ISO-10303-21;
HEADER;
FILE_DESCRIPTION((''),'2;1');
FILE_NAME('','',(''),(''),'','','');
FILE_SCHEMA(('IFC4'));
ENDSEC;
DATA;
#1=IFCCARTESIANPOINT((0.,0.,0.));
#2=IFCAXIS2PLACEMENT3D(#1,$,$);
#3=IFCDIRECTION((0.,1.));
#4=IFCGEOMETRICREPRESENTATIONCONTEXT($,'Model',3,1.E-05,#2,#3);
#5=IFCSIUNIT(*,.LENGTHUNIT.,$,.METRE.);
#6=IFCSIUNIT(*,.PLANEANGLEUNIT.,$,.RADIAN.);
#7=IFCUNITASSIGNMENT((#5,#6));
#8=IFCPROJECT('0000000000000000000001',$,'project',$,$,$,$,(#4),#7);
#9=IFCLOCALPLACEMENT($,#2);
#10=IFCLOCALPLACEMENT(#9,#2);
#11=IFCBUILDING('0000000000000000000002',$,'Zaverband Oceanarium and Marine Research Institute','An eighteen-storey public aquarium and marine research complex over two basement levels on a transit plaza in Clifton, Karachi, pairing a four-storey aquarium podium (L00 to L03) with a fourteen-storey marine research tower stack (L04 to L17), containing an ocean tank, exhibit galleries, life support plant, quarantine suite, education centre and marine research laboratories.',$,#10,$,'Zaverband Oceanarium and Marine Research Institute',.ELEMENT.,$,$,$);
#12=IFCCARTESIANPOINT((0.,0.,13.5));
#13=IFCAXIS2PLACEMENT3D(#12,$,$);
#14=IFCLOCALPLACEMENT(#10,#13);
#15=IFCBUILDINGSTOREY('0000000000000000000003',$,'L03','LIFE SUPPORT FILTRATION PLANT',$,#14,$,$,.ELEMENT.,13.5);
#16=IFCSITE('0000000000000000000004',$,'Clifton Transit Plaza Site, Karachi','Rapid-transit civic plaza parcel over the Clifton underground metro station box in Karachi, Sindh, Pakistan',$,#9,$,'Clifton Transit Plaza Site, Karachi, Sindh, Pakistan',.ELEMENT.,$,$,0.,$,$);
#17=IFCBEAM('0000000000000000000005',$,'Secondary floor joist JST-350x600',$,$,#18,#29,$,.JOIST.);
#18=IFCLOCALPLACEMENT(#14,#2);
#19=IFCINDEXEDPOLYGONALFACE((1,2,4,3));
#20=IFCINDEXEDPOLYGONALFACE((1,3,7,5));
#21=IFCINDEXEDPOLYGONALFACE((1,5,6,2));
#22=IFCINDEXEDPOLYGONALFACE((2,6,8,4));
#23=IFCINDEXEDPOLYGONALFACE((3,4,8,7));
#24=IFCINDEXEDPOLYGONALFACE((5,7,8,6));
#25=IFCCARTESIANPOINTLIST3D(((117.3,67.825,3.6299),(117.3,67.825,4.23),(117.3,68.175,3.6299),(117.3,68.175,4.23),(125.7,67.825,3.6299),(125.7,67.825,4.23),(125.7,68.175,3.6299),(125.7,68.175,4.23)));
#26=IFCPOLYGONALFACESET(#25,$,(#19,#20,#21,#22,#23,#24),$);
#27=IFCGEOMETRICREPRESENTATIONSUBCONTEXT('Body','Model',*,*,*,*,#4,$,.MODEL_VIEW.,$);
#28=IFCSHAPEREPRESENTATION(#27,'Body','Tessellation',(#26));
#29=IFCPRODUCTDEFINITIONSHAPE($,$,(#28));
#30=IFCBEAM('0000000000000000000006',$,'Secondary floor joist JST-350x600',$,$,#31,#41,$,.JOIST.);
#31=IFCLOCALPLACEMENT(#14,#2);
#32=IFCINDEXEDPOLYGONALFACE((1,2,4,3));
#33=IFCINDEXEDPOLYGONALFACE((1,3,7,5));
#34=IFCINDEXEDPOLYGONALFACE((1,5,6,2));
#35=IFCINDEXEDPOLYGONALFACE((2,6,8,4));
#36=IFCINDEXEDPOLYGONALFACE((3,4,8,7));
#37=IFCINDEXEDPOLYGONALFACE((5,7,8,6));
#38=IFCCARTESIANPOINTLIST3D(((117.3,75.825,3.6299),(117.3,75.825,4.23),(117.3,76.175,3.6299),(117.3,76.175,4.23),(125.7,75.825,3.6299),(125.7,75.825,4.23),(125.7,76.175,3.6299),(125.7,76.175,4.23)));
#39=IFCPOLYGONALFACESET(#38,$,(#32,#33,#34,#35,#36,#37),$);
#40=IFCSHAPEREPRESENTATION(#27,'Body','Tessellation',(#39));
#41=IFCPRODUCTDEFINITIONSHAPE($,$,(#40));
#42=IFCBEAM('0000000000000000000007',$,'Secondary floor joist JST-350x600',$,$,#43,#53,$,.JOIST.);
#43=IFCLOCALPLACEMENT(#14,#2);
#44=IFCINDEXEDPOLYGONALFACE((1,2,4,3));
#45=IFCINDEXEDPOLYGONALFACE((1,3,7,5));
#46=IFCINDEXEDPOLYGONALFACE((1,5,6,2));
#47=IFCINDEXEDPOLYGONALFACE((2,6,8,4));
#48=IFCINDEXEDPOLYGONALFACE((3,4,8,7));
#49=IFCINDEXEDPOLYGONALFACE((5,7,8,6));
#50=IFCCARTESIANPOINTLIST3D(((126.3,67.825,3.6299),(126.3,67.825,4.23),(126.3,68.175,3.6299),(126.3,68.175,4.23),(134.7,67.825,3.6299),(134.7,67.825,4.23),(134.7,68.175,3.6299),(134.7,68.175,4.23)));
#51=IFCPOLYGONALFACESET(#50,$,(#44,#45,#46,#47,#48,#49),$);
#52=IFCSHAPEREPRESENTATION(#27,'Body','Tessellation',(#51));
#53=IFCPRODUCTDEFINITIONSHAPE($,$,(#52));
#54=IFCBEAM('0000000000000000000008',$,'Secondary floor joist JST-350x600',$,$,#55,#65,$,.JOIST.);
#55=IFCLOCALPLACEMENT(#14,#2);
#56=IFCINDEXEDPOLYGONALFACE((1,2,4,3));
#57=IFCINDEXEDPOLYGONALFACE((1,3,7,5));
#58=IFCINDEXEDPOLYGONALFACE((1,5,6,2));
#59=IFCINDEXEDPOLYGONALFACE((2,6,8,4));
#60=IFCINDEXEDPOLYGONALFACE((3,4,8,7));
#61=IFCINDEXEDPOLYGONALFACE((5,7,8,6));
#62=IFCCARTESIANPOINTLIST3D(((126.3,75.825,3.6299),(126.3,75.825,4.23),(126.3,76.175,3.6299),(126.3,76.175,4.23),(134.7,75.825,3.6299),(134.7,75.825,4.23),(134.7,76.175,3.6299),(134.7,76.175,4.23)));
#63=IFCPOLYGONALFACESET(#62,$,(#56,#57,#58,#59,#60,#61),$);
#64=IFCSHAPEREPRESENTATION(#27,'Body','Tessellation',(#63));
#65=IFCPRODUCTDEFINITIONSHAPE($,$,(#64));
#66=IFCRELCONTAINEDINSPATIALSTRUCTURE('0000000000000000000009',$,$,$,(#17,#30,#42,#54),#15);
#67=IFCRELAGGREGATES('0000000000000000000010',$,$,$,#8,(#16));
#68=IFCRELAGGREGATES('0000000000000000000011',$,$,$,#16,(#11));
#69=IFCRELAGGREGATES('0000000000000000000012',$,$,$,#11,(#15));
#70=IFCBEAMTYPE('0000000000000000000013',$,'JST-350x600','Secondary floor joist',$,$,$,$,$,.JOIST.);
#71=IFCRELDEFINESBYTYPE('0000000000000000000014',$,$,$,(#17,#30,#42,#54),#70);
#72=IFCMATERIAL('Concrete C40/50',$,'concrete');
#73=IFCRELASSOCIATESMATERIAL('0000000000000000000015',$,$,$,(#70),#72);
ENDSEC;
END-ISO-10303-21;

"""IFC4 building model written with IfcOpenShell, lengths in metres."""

from ifc_helpers import new_model, si_unit, direction, frame, origin, origin_2d, place, context, subcontext, project, spatial, rectangle, extrude, material, material_profile, profile_set, type_object, element, save


model = new_model("IFC4")

# Units and contexts
model_context = context("Model", 3, precision=1e-05, world=origin(), true_north=direction((0.0, 1.0)))
body_context = subcontext(model_context, "Body", "Model", "MODEL_VIEW")
ifc_project = project(units=[si_unit("LENGTHUNIT", "METRE"), si_unit("PLANEANGLEUNIT", "RADIAN")], contexts=[model_context])

# Site, building, storey
site_placement = place(None, origin())
site = spatial("IfcSite", under=ifc_project, at=site_placement, Name="Clifton Transit Plaza Site, Karachi", Description="Rapid-transit civic plaza parcel over the Clifton underground metro station box in Karachi, Sindh, Pakistan", LongName="Clifton Transit Plaza Site, Karachi, Sindh, Pakistan", CompositionType="ELEMENT", RefElevation=0.0)
building_placement = place(site_placement, origin())
building = spatial("IfcBuilding", under=site, at=building_placement, Name="Zaverband Oceanarium and Marine Research Institute", Description="An eighteen-storey public aquarium and marine research complex over two basement levels on a transit plaza in Clifton, Karachi, pairing a four-storey aquarium podium (L00 to L03) with a fourteen-storey marine research tower stack (L04 to L17), containing an ocean tank, exhibit galleries, life support plant, quarantine suite, education centre and marine research laboratories.", LongName="Zaverband Oceanarium and Marine Research Institute", CompositionType="ELEMENT")
storey_placement = place(building_placement, frame((0.0, 0.0, 13.5)))
storey = spatial("IfcBuildingStorey", under=building, at=storey_placement, Name="L03", Description="LIFE SUPPORT FILTRATION PLANT", CompositionType="ELEMENT", Elevation=13.5)

# Beams
ifc_material_1 = material(Name="Concrete C40/50", Category="concrete")
ifc_material_profile_1 = material_profile(ifc_material_1, rectangle(XDim=0.3501, YDim=0.6001, at=origin_2d()), Name="RC350x600")
ifc_profile_set_1 = profile_set([ifc_material_profile_1], Name="Concrete C40/50")
beam_type_1 = type_object("IfcBeamType", Name="JST-350x600", Description="Secondary floor joist", PredefinedType="JOIST", material=ifc_profile_set_1)
for number, where, z_axis, x_axis, name in (
    (1, (117.3, 68.0, 3.9299), (1.0, 0.0, 0.0), (0.0, 1.0, 0.0), "Secondary floor joist JST-350x600"),
    (2, (117.3, 76.0, 3.9299), (1.0, 0.0, 0.0), (0.0, 1.0, 0.0), "Secondary floor joist JST-350x600"),
    (3, (126.3, 68.0, 3.9299), (1.0, 0.0, 0.0), (0.0, 1.0, 0.0), "Secondary floor joist JST-350x600"),
    (4, (126.3, 76.0, 3.9299), (1.0, 0.0, 0.0), (0.0, 1.0, 0.0), "Secondary floor joist JST-350x600"),
):
    element("IfcBeam", number, at=place(storey_placement, frame(where, z_axis=z_axis, x_axis=x_axis)), inside=storey, type_object=beam_type_1, Name=name, PredefinedType="JOIST", context=body_context, shape_type="SweptSolid", body=[
        extrude(rectangle(XDim=0.3501, YDim=0.6001, at=origin_2d()), origin(), (0.0, 0.0, 1.0), 8.3999),
    ])

save(model, "model.ifc")
